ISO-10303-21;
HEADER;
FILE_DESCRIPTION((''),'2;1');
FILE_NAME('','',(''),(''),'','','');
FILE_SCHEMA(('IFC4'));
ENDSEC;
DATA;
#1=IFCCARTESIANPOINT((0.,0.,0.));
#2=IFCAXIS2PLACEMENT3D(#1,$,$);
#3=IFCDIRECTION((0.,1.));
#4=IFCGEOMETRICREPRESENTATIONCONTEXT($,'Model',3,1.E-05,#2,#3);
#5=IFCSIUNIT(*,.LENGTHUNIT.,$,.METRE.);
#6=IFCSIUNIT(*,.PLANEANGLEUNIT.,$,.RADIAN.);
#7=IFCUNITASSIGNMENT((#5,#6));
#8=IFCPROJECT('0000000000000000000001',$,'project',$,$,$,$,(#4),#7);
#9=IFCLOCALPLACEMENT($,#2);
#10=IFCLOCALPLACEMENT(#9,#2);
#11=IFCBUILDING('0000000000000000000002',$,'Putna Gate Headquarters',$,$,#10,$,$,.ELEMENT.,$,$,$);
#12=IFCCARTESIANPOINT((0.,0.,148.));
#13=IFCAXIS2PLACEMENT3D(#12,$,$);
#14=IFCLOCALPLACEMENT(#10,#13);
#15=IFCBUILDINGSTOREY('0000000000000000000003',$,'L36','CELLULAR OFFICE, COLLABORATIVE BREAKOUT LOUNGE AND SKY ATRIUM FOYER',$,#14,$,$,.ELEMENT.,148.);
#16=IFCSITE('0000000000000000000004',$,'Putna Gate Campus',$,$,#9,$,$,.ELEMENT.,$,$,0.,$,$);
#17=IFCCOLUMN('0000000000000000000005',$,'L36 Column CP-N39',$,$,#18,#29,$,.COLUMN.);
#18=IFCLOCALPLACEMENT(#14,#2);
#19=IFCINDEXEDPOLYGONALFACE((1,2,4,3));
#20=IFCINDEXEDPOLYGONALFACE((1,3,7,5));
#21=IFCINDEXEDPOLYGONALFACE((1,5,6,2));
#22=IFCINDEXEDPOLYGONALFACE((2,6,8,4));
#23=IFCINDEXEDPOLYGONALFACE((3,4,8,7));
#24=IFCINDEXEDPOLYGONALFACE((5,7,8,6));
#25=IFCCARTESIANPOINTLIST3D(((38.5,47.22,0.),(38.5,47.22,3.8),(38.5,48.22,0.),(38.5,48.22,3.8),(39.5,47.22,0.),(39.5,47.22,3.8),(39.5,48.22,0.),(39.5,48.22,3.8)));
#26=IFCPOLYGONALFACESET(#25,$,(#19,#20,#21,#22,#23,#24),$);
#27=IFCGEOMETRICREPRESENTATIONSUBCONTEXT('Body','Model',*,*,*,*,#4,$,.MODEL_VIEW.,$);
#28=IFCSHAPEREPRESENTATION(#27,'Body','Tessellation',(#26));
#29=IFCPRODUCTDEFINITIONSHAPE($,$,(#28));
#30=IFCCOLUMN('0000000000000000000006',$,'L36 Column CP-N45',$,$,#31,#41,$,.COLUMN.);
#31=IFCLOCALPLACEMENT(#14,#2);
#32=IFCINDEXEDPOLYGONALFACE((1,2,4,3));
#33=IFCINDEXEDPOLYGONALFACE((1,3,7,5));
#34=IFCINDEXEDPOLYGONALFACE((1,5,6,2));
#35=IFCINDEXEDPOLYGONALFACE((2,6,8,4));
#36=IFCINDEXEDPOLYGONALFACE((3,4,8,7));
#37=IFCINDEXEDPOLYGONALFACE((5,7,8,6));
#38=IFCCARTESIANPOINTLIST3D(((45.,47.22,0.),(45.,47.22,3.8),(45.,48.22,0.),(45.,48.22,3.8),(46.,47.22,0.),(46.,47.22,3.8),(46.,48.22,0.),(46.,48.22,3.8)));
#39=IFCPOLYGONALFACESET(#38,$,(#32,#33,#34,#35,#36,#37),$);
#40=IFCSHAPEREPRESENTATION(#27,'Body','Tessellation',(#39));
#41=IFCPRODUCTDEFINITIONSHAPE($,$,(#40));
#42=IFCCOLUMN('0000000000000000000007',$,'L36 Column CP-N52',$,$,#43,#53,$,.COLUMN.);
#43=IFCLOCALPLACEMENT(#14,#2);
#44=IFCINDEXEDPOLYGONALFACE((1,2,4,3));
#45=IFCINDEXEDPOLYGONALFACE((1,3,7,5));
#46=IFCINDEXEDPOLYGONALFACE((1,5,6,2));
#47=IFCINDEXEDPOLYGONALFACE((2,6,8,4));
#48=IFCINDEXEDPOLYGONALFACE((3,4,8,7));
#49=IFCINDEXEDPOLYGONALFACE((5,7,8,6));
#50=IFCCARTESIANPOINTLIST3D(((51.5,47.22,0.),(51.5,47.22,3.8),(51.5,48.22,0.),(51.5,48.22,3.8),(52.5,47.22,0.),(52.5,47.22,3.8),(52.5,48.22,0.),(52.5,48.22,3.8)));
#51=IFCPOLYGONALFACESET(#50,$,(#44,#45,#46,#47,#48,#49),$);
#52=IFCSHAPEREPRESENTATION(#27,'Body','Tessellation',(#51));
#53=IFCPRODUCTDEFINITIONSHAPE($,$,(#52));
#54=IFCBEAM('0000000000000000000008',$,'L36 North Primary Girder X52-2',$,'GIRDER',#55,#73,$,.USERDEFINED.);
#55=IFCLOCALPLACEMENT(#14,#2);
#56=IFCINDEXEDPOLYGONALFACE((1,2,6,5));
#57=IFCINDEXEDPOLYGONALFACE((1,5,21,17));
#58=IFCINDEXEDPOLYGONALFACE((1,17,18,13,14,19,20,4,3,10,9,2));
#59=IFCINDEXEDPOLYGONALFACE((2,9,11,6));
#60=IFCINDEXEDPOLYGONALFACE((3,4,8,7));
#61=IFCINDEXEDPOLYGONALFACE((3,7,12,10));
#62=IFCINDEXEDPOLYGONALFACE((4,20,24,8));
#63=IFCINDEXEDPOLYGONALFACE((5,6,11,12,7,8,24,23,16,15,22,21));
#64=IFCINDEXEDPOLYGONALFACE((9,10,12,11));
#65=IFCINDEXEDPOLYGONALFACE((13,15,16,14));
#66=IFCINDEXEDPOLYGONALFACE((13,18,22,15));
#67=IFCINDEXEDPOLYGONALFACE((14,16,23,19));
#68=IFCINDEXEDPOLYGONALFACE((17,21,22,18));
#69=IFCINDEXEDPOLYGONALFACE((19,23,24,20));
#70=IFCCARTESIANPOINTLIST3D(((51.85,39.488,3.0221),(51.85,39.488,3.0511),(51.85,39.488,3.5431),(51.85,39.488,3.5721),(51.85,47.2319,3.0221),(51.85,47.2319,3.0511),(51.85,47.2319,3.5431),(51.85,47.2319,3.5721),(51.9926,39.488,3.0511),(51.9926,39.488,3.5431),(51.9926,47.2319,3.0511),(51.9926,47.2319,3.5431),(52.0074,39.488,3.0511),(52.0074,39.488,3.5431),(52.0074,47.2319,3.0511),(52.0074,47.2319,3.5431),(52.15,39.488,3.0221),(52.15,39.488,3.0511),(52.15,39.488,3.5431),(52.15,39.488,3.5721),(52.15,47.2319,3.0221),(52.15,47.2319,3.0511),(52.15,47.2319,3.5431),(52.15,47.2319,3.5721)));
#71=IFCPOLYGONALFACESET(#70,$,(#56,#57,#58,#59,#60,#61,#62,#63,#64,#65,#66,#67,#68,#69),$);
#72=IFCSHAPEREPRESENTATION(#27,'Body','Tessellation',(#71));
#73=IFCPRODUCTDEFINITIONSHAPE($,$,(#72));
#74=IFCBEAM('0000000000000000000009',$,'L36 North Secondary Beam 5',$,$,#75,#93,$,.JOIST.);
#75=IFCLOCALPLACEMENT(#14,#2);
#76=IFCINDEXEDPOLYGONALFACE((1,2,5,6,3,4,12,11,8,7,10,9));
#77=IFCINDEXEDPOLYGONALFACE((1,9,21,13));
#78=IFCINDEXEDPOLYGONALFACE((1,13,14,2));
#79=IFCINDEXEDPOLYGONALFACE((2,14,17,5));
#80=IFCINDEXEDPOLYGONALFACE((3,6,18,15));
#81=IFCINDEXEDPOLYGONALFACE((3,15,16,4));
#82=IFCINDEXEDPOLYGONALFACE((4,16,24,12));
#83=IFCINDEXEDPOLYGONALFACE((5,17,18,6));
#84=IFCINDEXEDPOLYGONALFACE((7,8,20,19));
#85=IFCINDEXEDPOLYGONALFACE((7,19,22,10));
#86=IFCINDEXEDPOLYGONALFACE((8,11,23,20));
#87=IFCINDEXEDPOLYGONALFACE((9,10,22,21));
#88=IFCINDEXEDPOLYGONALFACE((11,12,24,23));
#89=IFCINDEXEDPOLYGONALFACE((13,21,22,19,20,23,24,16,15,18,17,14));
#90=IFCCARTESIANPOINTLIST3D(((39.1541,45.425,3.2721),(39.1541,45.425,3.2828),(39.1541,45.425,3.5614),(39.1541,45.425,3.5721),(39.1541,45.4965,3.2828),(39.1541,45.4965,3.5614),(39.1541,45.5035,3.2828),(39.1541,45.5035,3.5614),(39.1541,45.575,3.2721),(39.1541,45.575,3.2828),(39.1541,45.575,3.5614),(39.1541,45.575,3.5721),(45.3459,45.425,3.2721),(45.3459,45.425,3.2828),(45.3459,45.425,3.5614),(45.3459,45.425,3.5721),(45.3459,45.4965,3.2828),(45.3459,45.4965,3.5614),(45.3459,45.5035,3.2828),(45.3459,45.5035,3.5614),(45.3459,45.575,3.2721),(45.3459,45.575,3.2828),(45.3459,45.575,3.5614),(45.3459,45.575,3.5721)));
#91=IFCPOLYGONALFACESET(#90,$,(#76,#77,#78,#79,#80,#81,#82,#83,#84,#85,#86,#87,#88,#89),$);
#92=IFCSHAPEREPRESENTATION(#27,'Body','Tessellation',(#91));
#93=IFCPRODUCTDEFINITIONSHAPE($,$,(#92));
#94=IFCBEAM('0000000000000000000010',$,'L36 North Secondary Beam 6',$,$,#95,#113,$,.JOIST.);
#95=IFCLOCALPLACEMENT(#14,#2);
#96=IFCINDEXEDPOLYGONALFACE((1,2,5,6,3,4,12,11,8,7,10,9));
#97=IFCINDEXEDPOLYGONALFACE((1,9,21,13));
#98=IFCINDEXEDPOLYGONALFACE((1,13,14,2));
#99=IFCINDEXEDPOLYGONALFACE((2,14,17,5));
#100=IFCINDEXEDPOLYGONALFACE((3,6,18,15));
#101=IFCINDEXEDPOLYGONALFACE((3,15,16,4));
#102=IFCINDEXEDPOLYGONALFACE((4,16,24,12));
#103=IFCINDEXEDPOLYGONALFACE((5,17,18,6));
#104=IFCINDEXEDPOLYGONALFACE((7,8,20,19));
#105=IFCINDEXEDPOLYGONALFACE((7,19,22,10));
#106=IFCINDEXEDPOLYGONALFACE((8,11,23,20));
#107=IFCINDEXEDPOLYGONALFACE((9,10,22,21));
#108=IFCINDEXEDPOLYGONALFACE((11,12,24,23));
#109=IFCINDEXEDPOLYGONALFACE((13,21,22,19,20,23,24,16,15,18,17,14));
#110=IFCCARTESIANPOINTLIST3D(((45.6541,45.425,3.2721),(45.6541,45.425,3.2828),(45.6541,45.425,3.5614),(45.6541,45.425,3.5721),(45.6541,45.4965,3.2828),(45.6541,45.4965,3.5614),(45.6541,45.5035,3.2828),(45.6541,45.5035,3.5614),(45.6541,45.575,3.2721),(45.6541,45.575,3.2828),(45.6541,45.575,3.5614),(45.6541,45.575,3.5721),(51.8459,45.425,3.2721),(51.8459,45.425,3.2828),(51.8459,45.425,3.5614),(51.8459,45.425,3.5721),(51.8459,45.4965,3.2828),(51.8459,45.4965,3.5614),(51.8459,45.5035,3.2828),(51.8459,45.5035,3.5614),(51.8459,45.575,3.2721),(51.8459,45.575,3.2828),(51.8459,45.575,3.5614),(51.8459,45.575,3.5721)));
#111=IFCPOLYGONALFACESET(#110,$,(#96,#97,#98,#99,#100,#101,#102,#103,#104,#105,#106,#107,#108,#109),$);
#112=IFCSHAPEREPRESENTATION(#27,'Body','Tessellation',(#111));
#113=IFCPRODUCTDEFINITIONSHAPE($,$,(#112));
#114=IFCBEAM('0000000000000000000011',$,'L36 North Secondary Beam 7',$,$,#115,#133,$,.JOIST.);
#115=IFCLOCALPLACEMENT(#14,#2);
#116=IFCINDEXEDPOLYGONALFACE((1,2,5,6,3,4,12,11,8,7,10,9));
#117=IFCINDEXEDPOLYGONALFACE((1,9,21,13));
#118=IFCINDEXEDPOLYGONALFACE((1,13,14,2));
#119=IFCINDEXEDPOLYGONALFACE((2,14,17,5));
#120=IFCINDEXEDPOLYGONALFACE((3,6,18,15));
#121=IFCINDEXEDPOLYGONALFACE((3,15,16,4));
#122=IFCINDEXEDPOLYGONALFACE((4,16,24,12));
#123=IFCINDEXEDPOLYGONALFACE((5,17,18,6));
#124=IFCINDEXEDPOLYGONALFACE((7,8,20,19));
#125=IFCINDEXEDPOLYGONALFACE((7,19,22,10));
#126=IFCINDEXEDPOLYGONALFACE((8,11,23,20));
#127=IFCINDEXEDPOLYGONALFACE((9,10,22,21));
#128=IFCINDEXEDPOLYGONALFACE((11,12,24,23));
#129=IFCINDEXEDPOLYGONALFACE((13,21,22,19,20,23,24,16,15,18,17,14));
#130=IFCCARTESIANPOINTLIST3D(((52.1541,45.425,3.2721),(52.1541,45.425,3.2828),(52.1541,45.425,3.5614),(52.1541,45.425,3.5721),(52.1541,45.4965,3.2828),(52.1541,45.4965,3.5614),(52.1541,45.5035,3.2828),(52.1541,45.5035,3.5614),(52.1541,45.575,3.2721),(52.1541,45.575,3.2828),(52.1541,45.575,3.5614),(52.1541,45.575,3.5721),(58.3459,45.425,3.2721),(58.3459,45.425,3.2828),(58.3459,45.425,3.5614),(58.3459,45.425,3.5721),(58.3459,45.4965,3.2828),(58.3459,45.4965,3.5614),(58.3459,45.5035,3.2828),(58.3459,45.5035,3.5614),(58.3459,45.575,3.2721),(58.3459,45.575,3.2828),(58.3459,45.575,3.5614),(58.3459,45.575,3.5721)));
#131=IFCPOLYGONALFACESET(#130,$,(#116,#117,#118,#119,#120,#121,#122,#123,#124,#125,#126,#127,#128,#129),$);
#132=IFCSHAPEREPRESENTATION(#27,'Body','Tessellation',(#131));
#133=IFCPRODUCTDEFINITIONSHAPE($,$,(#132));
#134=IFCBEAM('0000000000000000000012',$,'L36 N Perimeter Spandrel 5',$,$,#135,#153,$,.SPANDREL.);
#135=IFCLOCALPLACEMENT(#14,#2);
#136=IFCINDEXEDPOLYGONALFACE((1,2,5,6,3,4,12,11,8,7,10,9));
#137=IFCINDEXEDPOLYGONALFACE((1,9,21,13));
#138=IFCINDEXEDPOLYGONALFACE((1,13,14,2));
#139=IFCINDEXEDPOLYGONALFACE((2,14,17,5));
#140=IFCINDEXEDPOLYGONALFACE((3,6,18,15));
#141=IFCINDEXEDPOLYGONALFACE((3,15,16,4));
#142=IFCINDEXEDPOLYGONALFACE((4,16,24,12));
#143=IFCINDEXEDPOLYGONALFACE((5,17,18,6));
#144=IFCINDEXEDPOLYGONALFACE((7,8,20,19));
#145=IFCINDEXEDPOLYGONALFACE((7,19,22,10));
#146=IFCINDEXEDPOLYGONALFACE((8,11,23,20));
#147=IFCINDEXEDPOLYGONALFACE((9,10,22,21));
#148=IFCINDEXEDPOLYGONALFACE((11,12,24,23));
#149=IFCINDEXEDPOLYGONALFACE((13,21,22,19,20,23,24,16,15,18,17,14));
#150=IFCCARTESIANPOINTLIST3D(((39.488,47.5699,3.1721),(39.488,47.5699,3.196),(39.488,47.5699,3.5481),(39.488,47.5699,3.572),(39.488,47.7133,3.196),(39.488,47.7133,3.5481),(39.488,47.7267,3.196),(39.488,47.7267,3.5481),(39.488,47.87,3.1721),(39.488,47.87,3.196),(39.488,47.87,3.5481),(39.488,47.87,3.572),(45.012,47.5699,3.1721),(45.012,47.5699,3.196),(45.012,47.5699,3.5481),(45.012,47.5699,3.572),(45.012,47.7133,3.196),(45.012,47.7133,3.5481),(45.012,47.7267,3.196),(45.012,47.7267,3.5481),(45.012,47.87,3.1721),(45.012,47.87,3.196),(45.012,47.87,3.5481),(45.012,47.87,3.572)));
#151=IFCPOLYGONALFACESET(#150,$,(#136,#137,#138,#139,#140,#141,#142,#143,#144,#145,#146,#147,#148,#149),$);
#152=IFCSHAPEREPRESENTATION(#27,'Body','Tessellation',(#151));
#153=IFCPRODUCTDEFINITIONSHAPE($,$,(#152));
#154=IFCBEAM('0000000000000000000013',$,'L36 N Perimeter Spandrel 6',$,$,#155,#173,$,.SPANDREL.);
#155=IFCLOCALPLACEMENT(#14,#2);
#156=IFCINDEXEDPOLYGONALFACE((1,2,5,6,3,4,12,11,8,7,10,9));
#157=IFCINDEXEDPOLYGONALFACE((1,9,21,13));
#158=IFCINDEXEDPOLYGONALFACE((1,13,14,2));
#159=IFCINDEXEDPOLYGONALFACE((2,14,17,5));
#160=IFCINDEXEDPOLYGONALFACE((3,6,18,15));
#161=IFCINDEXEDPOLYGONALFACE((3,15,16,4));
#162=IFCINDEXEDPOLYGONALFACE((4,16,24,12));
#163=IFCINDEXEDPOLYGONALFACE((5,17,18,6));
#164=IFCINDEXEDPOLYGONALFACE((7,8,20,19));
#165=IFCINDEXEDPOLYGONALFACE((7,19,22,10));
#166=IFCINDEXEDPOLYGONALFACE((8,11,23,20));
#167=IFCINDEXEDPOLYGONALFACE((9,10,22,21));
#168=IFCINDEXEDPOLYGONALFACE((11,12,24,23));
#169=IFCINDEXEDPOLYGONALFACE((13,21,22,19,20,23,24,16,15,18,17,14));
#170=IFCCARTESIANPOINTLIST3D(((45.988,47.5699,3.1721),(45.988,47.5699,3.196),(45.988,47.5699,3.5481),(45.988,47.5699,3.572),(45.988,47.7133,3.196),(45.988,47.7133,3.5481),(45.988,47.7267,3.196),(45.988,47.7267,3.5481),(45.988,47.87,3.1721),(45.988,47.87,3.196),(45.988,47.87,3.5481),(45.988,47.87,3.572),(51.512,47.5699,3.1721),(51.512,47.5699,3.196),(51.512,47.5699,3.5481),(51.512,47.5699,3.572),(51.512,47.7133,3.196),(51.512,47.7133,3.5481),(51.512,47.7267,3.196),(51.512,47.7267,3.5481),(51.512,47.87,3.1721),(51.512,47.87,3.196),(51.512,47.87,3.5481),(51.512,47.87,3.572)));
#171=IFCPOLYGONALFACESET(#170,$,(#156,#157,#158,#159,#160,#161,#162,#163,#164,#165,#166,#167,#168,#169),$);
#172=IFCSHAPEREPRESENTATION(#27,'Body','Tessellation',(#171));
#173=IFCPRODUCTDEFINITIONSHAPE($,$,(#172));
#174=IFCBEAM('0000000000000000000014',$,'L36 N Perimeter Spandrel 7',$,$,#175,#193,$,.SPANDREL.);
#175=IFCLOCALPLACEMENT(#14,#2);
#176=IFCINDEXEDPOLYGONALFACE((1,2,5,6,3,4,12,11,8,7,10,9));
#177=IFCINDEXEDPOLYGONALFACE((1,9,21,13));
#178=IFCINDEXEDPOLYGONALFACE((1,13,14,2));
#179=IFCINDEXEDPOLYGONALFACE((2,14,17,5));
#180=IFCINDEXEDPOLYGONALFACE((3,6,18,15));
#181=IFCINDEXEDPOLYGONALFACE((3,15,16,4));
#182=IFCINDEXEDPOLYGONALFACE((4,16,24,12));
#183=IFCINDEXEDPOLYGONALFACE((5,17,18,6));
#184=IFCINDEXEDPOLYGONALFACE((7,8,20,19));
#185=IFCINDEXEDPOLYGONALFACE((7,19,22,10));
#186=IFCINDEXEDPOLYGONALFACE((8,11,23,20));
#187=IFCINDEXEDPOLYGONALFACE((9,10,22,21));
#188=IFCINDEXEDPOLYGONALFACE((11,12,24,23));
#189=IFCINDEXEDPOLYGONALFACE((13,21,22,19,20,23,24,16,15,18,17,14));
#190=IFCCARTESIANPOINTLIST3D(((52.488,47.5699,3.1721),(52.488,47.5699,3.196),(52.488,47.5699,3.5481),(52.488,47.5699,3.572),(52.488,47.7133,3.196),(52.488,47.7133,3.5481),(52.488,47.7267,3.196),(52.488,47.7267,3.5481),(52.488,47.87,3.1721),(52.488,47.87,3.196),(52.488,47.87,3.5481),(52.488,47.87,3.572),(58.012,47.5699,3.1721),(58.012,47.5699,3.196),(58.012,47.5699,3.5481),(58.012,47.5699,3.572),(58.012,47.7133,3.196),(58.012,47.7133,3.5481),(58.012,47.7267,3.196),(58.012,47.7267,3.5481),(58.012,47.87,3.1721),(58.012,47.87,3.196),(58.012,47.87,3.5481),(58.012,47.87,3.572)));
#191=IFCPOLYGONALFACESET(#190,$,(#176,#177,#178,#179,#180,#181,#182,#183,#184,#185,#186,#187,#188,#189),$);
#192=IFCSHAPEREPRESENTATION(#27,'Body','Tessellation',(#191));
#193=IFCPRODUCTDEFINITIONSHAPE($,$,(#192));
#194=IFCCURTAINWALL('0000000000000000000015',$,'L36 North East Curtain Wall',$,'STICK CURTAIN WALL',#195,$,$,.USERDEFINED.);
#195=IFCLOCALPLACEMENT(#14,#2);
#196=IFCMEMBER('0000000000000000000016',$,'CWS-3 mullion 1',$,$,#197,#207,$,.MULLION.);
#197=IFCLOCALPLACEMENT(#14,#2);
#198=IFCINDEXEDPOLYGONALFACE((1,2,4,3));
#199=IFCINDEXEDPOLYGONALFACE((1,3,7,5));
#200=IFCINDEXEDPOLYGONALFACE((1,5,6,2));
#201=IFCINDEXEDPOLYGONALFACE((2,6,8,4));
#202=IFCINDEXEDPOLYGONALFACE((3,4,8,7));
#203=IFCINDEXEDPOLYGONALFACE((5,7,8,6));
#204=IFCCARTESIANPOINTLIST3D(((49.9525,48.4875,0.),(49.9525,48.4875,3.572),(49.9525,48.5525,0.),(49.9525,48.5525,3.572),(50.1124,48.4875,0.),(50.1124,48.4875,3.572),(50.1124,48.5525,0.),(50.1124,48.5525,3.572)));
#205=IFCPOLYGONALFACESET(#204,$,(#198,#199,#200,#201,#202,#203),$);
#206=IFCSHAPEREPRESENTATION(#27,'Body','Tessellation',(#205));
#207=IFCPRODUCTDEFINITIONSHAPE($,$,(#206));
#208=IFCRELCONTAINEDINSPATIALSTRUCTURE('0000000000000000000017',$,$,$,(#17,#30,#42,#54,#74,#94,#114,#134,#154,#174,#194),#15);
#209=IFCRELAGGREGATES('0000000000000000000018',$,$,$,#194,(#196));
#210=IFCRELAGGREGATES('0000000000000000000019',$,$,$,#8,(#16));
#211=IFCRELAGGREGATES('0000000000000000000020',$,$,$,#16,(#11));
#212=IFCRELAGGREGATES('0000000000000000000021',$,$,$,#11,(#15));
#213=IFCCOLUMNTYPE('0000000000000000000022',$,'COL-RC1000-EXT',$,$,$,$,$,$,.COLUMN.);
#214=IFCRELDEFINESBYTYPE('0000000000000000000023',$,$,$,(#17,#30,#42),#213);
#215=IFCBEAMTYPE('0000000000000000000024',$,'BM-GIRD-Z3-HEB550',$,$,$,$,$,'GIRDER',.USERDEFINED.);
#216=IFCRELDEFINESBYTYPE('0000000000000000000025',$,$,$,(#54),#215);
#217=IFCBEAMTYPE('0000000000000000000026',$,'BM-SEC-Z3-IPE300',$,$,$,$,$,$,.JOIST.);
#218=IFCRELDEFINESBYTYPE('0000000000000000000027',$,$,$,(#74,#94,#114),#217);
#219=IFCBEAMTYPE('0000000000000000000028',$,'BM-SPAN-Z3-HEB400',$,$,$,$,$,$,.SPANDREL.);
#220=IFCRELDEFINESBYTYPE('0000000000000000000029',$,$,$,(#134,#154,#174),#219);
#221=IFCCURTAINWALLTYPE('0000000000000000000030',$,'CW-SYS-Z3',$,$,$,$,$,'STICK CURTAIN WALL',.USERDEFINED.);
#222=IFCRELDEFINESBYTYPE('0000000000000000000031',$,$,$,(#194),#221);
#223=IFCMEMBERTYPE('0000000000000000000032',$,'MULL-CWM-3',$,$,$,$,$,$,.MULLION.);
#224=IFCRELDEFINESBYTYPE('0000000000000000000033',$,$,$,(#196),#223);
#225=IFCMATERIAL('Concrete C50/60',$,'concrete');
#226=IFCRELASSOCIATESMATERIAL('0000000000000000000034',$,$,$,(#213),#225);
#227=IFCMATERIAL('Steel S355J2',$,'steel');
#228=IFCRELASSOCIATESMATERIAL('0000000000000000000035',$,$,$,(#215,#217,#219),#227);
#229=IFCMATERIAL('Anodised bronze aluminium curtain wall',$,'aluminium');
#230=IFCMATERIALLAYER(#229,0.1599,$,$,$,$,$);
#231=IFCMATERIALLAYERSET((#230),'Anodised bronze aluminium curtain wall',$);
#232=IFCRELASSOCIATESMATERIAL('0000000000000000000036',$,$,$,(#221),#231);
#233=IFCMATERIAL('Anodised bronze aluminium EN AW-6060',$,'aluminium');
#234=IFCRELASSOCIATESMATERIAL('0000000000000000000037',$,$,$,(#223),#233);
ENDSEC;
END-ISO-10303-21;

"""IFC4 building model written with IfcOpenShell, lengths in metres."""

from ifc_helpers import new_model, si_unit, direction, frame, origin, origin_2d, place, context, subcontext, project, spatial, rectangle, i_section, extrude, material, layer, layer_set, material_profile, profile_set, type_object, element, aggregate, save


model = new_model("IFC4")

# Units and contexts
model_context = context("Model", 3, precision=1e-05, world=origin(), true_north=direction((0.0, 1.0)))
body_context = subcontext(model_context, "Body", "Model", "MODEL_VIEW")
ifc_project = project(units=[si_unit("LENGTHUNIT", "METRE"), si_unit("PLANEANGLEUNIT", "RADIAN")], contexts=[model_context])

# Site, building, storey
site_placement = place(None, origin())
site = spatial("IfcSite", under=ifc_project, at=site_placement, Name="Putna Gate Campus", CompositionType="ELEMENT", RefElevation=0.0)
building_placement = place(site_placement, origin())
building = spatial("IfcBuilding", under=site, at=building_placement, Name="Putna Gate Headquarters", CompositionType="ELEMENT")
storey_placement = place(building_placement, frame((0.0, 0.0, 148.0)))
storey = spatial("IfcBuildingStorey", under=building, at=storey_placement, Name="L36", Description="CELLULAR OFFICE, COLLABORATIVE BREAKOUT LOUNGE AND SKY ATRIUM FOYER", CompositionType="ELEMENT", Elevation=148.0)

# Columns
ifc_material_1 = material(Name="Concrete C50/60", Category="concrete")
ifc_material_profile_1 = material_profile(ifc_material_1, rectangle(XDim=1.0, YDim=1.0, at=origin_2d()), Name="Concrete C50/60")
ifc_profile_set_1 = profile_set([ifc_material_profile_1], Name="Concrete C50/60")
column_type = type_object("IfcColumnType", Name="COL-RC1000-EXT", PredefinedType="COLUMN", material=ifc_profile_set_1)
for number, where, z_axis, x_axis, name in (
    (1, (39.0, 47.72, 0.0), (0.0, 0.0, 1.0), (1.0, 0.0, 0.0), "L36 Column CP-N39"),
    (2, (45.5, 47.72, 0.0), (0.0, 0.0, 1.0), (1.0, 0.0, 0.0), "L36 Column CP-N45"),
    (3, (52.0, 47.72, 0.0), (0.0, 0.0, 1.0), (1.0, 0.0, 0.0), "L36 Column CP-N52"),
):
    element("IfcColumn", number, at=place(storey_placement, frame(where, z_axis=z_axis, x_axis=x_axis)), inside=storey, type_object=column_type, Name=name, PredefinedType="COLUMN", context=body_context, shape_type="SweptSolid", body=[
        extrude(rectangle(XDim=1.0, YDim=1.0, at=origin_2d()), origin(), (0.0, 0.0, 1.0), 3.8),
    ])

# Beams
ifc_material_2 = material(Name="Steel S355J2", Category="steel")
ifc_material_profile_2 = material_profile(ifc_material_2, i_section(OverallWidth=0.3, OverallDepth=0.55, WebThickness=0.0149, FlangeThickness=0.0291, at=origin_2d()), Name="Steel S355J2")
ifc_profile_set_2 = profile_set([ifc_material_profile_2], Name="Steel S355J2")
beam_type_1 = type_object("IfcBeamType", Name="BM-GIRD-Z3-HEB550", ElementType="GIRDER", PredefinedType="USERDEFINED", material=ifc_profile_set_2)
beam_placement = place(storey_placement, frame((52.0, 39.488, 3.2971), z_axis=(0.0, 1.0, 0.0), x_axis=(-1.0, 0.0, 0.0)))
element("IfcBeam", 4, at=beam_placement, inside=storey, type_object=beam_type_1, Name="L36 North Primary Girder X52-2", ObjectType="GIRDER", PredefinedType="USERDEFINED", context=body_context, shape_type="SweptSolid", body=[
    extrude(i_section(OverallWidth=0.3, OverallDepth=0.55, WebThickness=0.0149, FlangeThickness=0.0291, at=origin_2d()), origin(), (0.0, 0.0, 1.0), 7.7439),
])
ifc_material_profile_3 = material_profile(ifc_material_2, i_section(OverallWidth=0.1499, OverallDepth=0.3, WebThickness=0.0071, FlangeThickness=0.0107, at=origin_2d()), Name="Steel S355J2")
ifc_profile_set_3 = profile_set([ifc_material_profile_3], Name="Steel S355J2")
beam_type_2 = type_object("IfcBeamType", Name="BM-SEC-Z3-IPE300", PredefinedType="JOIST", material=ifc_profile_set_3)
for number, where, z_axis, x_axis, name in (
    (5, (39.1541, 45.5, 3.4221), (1.0, 0.0, 0.0), (0.0, 1.0, 0.0), "L36 North Secondary Beam 5"),
    (6, (45.6541, 45.5, 3.4221), (1.0, 0.0, 0.0), (0.0, 1.0, 0.0), "L36 North Secondary Beam 6"),
    (7, (52.1541, 45.5, 3.4221), (1.0, 0.0, 0.0), (0.0, 1.0, 0.0), "L36 North Secondary Beam 7"),
):
    element("IfcBeam", number, at=place(storey_placement, frame(where, z_axis=z_axis, x_axis=x_axis)), inside=storey, type_object=beam_type_2, Name=name, PredefinedType="JOIST", context=body_context, shape_type="SweptSolid", body=[
        extrude(i_section(OverallWidth=0.1499, OverallDepth=0.3, WebThickness=0.0071, FlangeThickness=0.0107, at=origin_2d()), origin(), (0.0, 0.0, 1.0), 6.1919),
    ])
ifc_material_profile_4 = material_profile(ifc_material_2, i_section(OverallWidth=0.3, OverallDepth=0.3999, WebThickness=0.0134, FlangeThickness=0.0239, at=origin_2d()), Name="Steel S355J2")
ifc_profile_set_4 = profile_set([ifc_material_profile_4], Name="Steel S355J2")
beam_type_3 = type_object("IfcBeamType", Name="BM-SPAN-Z3-HEB400", PredefinedType="SPANDREL", material=ifc_profile_set_4)
for number, where, z_axis, x_axis, name in (
    (8, (39.488, 47.72, 3.3721), (1.0, 0.0, 0.0), (0.0, 1.0, 0.0), "L36 N Perimeter Spandrel 5"),
    (9, (45.988, 47.72, 3.3721), (1.0, 0.0, 0.0), (0.0, 1.0, 0.0), "L36 N Perimeter Spandrel 6"),
    (10, (52.488, 47.72, 3.3721), (1.0, 0.0, 0.0), (0.0, 1.0, 0.0), "L36 N Perimeter Spandrel 7"),
):
    element("IfcBeam", number, at=place(storey_placement, frame(where, z_axis=z_axis, x_axis=x_axis)), inside=storey, type_object=beam_type_3, Name=name, PredefinedType="SPANDREL", context=body_context, shape_type="SweptSolid", body=[
        extrude(i_section(OverallWidth=0.3, OverallDepth=0.3999, WebThickness=0.0134, FlangeThickness=0.0239, at=origin_2d()), origin(), (0.0, 0.0, 1.0), 5.5239),
    ])

# Curtain wall, member
ifc_material_3 = material(Name="Anodised bronze aluminium curtain wall", Category="aluminium")
ifc_layer_1 = layer(ifc_material_3, 0.1599)
ifc_layer_set_1 = layer_set([ifc_layer_1], Name="Anodised bronze aluminium curtain wall")
curtain_wall_type_1 = type_object("IfcCurtainWallType", Name="CW-SYS-Z3", ElementType="STICK CURTAIN WALL", PredefinedType="USERDEFINED", material=ifc_layer_set_1)
curtain_wall_1_placement = place(storey_placement, origin())
curtain_wall_1 = element("IfcCurtainWall", 11, at=curtain_wall_1_placement, inside=storey, type_object=curtain_wall_type_1, Name="L36 North East Curtain Wall", ObjectType="STICK CURTAIN WALL", PredefinedType="USERDEFINED")
ifc_material_4 = material(Name="Anodised bronze aluminium EN AW-6060", Category="aluminium")
ifc_material_profile_5 = material_profile(ifc_material_4, rectangle(XDim=0.0649, YDim=0.1599, at=origin_2d()), Name="Anodised bronze aluminium EN AW-6060")
ifc_profile_set_5 = profile_set([ifc_material_profile_5], Name="Anodised bronze aluminium EN AW-6060")
member_type_1 = type_object("IfcMemberType", Name="MULL-CWM-3", PredefinedType="MULLION", material=ifc_profile_set_5)
member_1_placement = place(storey_placement, frame((50.0325, 48.52, 0.0), z_axis=(0.0, 0.0, 1.0), x_axis=(0.0, 1.0, 0.0)))
member_1 = element("IfcMember", 12, at=member_1_placement, type_object=member_type_1, Name="CWS-3 mullion 1", PredefinedType="MULLION", context=body_context, shape_type="SweptSolid", body=[
    extrude(rectangle(XDim=0.0649, YDim=0.1599, at=origin_2d()), origin(), (0.0, 0.0, 1.0), 3.572),
])

aggregate(curtain_wall_1, [member_1])

save(model, "model.ifc")
